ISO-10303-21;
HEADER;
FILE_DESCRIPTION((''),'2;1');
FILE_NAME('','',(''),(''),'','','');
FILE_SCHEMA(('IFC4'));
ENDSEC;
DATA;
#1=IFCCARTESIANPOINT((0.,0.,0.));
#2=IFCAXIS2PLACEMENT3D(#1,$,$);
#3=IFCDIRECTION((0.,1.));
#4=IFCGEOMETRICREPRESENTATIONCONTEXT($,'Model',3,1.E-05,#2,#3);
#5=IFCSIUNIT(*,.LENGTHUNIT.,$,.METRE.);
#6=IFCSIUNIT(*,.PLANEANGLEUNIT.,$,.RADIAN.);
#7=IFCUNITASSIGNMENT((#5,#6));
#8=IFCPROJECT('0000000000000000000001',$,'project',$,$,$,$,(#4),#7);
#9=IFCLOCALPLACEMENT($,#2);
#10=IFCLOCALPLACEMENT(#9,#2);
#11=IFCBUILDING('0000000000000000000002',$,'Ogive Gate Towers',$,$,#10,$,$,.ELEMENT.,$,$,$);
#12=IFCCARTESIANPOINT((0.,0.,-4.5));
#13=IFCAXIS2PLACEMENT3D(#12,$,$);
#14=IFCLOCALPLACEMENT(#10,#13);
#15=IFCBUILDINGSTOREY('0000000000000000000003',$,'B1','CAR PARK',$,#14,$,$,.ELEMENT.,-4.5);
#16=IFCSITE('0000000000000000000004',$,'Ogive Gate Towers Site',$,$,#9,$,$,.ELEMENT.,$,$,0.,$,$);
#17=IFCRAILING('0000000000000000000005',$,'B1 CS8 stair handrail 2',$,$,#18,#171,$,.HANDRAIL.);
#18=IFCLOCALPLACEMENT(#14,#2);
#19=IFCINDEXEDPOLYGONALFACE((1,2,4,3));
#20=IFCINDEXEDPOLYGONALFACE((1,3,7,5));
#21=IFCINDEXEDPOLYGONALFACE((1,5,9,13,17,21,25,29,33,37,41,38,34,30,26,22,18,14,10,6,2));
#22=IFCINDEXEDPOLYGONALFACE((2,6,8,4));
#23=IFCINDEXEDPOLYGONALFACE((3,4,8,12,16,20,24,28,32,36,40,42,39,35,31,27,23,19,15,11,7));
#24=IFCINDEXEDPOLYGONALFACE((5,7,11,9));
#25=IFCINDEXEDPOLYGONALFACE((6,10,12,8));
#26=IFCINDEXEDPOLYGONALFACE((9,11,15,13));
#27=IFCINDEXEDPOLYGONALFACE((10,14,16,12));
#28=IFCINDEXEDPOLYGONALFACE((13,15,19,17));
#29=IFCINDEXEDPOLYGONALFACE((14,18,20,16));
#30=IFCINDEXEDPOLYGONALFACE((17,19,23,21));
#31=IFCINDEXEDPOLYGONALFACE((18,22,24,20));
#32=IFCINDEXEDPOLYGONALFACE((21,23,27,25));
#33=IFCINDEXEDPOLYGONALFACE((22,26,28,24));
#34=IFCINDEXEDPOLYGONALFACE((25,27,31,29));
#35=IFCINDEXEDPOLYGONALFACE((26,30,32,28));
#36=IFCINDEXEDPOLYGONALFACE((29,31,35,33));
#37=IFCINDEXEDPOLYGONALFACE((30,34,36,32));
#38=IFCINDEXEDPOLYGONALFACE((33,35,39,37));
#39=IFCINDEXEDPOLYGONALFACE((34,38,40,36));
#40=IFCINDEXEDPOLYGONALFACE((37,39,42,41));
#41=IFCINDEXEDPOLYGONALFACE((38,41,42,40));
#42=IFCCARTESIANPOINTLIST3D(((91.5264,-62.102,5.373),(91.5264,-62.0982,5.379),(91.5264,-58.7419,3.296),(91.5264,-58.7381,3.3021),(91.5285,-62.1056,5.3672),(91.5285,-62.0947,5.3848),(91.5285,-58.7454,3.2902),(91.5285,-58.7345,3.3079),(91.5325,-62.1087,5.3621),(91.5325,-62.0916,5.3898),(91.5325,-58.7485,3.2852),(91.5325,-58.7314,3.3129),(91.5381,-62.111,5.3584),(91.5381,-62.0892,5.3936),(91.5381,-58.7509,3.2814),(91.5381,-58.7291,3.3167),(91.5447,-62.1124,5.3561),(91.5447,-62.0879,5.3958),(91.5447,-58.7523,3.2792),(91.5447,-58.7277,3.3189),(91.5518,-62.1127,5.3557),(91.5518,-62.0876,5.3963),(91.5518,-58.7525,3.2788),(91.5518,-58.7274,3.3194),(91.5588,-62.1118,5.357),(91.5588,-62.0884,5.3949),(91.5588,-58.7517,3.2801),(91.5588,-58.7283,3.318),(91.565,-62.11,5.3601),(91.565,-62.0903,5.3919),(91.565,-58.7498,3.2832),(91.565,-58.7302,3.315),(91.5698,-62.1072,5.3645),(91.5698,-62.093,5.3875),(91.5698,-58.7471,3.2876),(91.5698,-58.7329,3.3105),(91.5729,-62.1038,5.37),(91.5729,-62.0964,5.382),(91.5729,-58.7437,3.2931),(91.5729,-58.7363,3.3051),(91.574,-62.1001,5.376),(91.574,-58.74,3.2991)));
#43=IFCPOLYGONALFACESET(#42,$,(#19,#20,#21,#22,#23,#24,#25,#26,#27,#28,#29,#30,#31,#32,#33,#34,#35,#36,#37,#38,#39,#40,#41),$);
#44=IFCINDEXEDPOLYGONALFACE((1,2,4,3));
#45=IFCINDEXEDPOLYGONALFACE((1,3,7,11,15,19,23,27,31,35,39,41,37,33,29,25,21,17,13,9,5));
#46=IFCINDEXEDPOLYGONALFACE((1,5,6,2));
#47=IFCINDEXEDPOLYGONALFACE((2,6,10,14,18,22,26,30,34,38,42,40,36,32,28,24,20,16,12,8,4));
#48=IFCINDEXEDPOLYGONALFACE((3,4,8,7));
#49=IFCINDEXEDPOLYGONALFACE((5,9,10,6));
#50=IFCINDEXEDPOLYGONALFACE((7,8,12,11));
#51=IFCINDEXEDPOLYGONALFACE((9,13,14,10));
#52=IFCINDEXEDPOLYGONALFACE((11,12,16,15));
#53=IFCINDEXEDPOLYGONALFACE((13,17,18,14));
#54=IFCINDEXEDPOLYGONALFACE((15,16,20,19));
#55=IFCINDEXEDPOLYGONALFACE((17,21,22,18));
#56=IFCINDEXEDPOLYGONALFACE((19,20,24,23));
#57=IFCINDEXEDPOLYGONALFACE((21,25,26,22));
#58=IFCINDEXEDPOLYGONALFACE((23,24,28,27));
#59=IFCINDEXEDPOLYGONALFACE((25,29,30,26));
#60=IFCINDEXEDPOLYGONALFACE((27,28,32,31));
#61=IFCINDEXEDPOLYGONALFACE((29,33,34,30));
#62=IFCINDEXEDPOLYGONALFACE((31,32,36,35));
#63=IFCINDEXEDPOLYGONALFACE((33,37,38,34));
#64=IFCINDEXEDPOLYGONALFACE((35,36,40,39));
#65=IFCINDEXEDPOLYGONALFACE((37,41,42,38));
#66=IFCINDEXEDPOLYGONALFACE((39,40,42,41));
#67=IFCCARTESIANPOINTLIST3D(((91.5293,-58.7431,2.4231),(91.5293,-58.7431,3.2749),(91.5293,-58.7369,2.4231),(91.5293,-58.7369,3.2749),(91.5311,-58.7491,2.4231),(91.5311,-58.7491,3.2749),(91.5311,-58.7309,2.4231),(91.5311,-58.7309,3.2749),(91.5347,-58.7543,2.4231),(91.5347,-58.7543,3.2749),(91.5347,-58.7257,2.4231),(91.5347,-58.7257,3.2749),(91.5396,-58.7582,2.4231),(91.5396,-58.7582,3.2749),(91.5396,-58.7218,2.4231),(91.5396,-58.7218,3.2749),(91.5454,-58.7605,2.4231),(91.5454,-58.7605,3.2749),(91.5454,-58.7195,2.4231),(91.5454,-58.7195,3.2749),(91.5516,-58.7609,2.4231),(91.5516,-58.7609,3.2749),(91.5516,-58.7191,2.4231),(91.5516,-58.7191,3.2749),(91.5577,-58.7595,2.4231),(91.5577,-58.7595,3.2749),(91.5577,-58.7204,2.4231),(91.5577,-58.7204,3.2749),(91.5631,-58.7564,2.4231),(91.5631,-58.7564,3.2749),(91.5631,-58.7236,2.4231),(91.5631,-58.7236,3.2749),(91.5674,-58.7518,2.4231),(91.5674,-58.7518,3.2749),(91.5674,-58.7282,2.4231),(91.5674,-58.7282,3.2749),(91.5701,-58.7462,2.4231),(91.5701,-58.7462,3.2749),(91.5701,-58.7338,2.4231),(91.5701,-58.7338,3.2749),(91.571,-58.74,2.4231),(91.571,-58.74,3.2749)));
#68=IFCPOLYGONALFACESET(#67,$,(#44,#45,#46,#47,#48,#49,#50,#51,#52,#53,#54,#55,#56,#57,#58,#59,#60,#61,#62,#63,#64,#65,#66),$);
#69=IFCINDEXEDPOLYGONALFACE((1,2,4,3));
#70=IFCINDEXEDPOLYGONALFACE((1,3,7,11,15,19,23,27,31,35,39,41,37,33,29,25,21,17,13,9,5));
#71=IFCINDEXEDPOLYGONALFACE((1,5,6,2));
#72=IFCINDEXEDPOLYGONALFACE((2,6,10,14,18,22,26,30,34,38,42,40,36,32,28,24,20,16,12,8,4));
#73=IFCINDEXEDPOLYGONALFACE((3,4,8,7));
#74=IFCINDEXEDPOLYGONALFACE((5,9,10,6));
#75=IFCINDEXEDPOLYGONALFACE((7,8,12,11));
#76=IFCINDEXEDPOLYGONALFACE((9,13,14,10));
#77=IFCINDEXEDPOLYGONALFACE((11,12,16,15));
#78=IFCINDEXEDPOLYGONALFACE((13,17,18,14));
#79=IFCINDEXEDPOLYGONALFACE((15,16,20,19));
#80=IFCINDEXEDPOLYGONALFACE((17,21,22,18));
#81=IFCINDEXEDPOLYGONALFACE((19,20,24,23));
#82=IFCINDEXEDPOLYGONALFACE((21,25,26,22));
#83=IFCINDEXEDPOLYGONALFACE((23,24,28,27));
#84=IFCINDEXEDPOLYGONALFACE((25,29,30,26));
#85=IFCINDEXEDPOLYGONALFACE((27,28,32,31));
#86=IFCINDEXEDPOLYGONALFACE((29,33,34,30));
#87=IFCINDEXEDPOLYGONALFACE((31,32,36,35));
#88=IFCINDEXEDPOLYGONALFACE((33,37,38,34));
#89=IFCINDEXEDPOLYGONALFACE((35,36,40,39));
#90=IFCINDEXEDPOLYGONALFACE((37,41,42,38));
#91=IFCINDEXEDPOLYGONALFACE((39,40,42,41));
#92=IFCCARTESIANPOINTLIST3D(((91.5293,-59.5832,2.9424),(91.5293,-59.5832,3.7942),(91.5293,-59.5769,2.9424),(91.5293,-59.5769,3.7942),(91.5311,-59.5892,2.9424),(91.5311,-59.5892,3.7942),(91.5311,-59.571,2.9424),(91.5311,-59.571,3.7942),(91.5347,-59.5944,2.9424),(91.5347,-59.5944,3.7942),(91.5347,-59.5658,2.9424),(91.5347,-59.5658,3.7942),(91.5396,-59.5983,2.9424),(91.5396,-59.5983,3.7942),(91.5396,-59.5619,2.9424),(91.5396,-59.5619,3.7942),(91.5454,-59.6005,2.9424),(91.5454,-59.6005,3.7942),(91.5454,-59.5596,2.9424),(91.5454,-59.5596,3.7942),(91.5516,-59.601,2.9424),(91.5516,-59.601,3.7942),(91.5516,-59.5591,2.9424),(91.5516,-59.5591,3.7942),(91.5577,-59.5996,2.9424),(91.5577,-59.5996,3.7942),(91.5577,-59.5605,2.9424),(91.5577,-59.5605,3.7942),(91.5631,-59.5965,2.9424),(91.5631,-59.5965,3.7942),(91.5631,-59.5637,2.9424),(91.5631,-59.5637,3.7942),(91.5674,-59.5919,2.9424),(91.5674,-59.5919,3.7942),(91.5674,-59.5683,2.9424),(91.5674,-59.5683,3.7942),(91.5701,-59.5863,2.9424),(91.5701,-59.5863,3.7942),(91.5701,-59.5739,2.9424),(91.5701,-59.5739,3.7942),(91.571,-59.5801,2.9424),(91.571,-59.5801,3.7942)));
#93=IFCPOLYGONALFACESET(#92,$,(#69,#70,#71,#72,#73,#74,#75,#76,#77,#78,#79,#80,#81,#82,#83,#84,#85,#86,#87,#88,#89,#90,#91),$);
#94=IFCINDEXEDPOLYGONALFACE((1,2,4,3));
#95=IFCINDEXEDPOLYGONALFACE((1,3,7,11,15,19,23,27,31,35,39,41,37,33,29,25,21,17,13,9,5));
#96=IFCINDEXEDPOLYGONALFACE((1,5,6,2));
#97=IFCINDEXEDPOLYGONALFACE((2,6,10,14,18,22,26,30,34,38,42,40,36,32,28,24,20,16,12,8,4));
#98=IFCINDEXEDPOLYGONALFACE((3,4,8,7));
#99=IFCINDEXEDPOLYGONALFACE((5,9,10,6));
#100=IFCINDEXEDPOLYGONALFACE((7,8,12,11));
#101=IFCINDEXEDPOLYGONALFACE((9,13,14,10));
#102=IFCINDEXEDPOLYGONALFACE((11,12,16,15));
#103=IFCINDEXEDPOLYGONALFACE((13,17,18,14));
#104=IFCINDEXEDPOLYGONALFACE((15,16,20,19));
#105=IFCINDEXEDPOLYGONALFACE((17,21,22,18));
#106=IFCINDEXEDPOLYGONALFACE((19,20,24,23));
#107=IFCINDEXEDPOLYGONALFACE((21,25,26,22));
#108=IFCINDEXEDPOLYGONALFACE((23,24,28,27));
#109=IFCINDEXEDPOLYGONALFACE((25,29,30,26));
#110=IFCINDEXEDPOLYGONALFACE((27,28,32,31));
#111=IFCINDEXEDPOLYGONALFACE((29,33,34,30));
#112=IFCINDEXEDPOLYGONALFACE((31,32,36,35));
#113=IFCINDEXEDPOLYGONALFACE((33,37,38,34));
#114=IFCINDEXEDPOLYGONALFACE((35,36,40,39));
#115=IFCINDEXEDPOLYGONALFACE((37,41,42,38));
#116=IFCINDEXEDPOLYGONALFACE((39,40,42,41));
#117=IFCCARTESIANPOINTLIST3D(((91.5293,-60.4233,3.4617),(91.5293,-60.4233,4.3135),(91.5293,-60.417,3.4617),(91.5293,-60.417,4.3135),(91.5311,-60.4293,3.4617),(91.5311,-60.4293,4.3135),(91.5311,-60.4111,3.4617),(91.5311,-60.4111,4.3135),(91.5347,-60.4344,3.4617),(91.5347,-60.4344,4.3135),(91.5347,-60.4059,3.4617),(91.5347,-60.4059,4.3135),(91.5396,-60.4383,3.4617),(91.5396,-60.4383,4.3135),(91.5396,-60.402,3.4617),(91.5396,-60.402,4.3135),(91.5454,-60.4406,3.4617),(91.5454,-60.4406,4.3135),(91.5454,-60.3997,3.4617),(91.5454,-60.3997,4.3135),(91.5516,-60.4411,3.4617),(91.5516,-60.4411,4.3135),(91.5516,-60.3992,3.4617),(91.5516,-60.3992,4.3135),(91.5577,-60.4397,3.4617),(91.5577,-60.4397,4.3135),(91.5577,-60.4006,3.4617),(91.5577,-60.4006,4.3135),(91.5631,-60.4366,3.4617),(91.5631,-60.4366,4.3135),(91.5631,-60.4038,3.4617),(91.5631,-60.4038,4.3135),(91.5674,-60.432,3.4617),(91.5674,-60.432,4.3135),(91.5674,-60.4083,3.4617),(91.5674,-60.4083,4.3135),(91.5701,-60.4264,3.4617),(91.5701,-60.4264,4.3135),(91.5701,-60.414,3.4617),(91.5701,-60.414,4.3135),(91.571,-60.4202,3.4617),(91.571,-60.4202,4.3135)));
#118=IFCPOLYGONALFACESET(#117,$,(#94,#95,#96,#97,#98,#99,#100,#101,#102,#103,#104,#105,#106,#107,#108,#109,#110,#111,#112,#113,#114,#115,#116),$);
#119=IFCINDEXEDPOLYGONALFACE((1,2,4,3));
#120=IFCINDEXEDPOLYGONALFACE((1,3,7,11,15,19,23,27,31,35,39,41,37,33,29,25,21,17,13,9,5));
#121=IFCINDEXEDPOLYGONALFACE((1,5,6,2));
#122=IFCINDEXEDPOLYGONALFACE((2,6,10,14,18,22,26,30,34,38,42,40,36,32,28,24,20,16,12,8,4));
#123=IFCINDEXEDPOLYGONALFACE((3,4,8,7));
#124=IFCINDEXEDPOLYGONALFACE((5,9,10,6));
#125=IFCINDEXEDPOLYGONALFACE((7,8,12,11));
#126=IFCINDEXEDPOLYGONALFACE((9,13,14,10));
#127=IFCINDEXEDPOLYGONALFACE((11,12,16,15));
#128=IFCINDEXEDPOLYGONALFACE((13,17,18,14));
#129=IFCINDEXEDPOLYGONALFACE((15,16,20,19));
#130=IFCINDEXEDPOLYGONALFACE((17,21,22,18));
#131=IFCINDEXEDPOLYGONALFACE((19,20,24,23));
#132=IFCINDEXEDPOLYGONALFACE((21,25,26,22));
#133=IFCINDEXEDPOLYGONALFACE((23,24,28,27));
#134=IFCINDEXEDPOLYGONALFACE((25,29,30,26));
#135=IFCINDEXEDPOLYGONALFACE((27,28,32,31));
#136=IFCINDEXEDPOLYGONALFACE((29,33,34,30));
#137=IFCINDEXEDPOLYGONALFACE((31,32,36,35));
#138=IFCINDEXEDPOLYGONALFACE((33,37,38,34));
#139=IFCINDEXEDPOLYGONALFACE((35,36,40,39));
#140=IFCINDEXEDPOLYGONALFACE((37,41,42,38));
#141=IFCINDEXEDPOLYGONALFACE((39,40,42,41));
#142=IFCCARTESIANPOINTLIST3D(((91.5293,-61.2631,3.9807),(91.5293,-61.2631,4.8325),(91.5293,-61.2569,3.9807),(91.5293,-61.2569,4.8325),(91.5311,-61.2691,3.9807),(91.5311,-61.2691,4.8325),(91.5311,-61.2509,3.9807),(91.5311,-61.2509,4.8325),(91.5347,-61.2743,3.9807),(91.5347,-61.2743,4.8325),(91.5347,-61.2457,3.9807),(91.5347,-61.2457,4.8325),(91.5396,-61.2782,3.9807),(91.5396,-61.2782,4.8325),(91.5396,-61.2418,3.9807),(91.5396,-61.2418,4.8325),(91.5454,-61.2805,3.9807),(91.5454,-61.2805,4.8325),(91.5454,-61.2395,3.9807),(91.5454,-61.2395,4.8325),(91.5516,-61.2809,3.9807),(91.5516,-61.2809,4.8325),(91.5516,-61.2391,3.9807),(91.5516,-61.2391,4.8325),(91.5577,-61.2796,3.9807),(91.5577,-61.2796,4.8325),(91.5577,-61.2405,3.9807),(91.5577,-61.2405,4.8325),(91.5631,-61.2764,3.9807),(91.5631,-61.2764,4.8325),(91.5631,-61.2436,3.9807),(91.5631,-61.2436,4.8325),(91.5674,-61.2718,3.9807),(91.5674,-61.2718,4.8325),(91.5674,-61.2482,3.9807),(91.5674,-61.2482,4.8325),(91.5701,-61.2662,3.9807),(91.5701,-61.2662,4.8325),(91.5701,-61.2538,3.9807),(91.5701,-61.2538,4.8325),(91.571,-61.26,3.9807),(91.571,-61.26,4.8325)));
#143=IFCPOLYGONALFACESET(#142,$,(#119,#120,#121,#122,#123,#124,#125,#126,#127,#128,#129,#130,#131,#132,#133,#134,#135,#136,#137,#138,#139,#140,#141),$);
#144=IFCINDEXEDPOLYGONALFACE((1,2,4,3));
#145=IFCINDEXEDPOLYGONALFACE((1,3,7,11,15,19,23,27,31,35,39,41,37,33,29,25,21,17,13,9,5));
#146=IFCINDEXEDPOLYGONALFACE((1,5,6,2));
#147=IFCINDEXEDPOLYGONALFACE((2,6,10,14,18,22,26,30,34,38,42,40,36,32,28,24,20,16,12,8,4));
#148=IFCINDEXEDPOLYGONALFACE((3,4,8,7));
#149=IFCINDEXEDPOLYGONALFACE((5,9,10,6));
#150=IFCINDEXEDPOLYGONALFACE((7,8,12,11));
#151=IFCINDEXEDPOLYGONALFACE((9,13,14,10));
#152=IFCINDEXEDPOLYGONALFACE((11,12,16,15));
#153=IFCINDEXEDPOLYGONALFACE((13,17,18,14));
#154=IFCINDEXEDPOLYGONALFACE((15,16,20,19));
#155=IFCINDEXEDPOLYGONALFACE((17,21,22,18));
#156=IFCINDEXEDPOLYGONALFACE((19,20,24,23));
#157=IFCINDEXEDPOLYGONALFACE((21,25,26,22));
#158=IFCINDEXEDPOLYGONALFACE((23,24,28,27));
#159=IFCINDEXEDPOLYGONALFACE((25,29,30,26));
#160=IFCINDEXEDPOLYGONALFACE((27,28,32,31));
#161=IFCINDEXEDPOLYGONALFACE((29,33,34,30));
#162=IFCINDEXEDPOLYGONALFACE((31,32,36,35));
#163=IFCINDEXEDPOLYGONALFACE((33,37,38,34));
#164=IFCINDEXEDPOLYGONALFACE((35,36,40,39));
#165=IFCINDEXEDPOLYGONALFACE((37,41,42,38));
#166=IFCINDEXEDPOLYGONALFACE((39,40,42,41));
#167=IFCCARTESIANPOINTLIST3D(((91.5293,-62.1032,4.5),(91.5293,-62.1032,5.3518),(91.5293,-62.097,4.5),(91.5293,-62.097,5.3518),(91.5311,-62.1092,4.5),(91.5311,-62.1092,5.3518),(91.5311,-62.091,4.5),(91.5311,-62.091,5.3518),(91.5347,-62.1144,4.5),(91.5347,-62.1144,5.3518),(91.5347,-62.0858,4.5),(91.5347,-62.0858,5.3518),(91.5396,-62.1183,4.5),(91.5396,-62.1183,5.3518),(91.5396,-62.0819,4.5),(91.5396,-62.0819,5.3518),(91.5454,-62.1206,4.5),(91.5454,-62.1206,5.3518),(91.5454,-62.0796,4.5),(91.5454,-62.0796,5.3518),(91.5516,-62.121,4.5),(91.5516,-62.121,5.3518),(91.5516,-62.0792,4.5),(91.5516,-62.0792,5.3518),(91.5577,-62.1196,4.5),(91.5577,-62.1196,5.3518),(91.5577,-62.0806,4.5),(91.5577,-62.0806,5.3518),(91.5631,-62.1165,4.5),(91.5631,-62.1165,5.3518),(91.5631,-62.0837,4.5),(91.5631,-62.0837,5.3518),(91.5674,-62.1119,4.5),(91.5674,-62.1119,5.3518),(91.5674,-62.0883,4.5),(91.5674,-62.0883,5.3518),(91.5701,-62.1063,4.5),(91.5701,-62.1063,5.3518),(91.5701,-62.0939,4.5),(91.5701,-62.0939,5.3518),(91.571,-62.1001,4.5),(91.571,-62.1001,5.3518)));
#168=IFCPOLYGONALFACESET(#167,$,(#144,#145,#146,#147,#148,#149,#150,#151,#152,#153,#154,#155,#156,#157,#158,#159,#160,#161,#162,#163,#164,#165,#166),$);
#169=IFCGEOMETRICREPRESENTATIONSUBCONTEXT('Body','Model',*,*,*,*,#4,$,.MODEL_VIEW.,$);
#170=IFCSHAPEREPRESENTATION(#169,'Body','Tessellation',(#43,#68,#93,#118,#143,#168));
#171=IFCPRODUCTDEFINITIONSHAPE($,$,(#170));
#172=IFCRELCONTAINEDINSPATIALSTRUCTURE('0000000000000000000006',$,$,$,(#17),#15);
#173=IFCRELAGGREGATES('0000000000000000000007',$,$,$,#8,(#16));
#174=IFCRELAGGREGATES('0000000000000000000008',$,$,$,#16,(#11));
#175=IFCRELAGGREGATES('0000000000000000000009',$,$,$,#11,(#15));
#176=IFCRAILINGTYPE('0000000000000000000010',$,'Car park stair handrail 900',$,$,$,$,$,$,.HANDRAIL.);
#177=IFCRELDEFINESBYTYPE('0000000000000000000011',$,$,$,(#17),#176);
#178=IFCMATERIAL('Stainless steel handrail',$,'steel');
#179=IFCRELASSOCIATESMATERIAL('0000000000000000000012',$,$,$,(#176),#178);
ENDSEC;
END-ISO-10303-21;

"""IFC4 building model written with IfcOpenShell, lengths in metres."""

from ifc_helpers import new_model, si_unit, direction, frame, origin, origin_2d, place, context, subcontext, project, spatial, circle, extrude, material, type_object, element, save


model = new_model("IFC4")

# Units and contexts
model_context = context("Model", 3, precision=1e-05, world=origin(), true_north=direction((0.0, 1.0)))
body_context = subcontext(model_context, "Body", "Model", "MODEL_VIEW")
ifc_project = project(units=[si_unit("LENGTHUNIT", "METRE"), si_unit("PLANEANGLEUNIT", "RADIAN")], contexts=[model_context])

# Site, building, storey
site_placement = place(None, origin())
site = spatial("IfcSite", under=ifc_project, at=site_placement, Name="Ogive Gate Towers Site", CompositionType="ELEMENT", RefElevation=0.0)
building_placement = place(site_placement, origin())
building = spatial("IfcBuilding", under=site, at=building_placement, Name="Ogive Gate Towers", CompositionType="ELEMENT")
storey_placement = place(building_placement, frame((0.0, 0.0, -4.5)))
storey = spatial("IfcBuildingStorey", under=building, at=storey_placement, Name="B1", Description="CAR PARK", CompositionType="ELEMENT", Elevation=-4.5)

# Railing
ifc_material_1 = material(Name="Stainless steel handrail", Category="steel")
railing_type_1 = type_object("IfcRailingType", Name="Car park stair handrail 900", PredefinedType="HANDRAIL", material=ifc_material_1)
railing_1_placement = place(storey_placement, frame((91.55, -58.74, 2.4231)))
element("IfcRailing", 1, at=railing_1_placement, inside=storey, type_object=railing_type_1, Name="B1 CS8 stair handrail 2", PredefinedType="HANDRAIL", context=body_context, shape_type="SweptSolid", body=[
    extrude(circle(Radius=0.0239, at=origin_2d()), frame((0.0, 0.0, 0.876), z_axis=(0.0, -0.850623, 0.525776), x_axis=(1.0, 0.0, 0.0)), (0.0, 0.0, 1.0), 3.9502),
    extrude(circle(Radius=0.021, at=origin_2d()), origin(), (0.0, 0.0, 1.0), 0.8518),
    extrude(circle(Radius=0.021, at=origin_2d()), frame((0.0, -0.8401, 0.5193)), (0.0, 0.0, 1.0), 0.8518),
    extrude(circle(Radius=0.021, at=origin_2d()), frame((0.0, -1.6802, 1.0386)), (0.0, 0.0, 1.0), 0.8518),
    extrude(circle(Radius=0.021, at=origin_2d()), frame((0.0, -2.52, 1.5576)), (0.0, 0.0, 1.0), 0.8518),
    extrude(circle(Radius=0.021, at=origin_2d()), frame((0.0, -3.3601, 2.0769)), (0.0, 0.0, 1.0), 0.8518),
])

save(model, "model.ifc")
